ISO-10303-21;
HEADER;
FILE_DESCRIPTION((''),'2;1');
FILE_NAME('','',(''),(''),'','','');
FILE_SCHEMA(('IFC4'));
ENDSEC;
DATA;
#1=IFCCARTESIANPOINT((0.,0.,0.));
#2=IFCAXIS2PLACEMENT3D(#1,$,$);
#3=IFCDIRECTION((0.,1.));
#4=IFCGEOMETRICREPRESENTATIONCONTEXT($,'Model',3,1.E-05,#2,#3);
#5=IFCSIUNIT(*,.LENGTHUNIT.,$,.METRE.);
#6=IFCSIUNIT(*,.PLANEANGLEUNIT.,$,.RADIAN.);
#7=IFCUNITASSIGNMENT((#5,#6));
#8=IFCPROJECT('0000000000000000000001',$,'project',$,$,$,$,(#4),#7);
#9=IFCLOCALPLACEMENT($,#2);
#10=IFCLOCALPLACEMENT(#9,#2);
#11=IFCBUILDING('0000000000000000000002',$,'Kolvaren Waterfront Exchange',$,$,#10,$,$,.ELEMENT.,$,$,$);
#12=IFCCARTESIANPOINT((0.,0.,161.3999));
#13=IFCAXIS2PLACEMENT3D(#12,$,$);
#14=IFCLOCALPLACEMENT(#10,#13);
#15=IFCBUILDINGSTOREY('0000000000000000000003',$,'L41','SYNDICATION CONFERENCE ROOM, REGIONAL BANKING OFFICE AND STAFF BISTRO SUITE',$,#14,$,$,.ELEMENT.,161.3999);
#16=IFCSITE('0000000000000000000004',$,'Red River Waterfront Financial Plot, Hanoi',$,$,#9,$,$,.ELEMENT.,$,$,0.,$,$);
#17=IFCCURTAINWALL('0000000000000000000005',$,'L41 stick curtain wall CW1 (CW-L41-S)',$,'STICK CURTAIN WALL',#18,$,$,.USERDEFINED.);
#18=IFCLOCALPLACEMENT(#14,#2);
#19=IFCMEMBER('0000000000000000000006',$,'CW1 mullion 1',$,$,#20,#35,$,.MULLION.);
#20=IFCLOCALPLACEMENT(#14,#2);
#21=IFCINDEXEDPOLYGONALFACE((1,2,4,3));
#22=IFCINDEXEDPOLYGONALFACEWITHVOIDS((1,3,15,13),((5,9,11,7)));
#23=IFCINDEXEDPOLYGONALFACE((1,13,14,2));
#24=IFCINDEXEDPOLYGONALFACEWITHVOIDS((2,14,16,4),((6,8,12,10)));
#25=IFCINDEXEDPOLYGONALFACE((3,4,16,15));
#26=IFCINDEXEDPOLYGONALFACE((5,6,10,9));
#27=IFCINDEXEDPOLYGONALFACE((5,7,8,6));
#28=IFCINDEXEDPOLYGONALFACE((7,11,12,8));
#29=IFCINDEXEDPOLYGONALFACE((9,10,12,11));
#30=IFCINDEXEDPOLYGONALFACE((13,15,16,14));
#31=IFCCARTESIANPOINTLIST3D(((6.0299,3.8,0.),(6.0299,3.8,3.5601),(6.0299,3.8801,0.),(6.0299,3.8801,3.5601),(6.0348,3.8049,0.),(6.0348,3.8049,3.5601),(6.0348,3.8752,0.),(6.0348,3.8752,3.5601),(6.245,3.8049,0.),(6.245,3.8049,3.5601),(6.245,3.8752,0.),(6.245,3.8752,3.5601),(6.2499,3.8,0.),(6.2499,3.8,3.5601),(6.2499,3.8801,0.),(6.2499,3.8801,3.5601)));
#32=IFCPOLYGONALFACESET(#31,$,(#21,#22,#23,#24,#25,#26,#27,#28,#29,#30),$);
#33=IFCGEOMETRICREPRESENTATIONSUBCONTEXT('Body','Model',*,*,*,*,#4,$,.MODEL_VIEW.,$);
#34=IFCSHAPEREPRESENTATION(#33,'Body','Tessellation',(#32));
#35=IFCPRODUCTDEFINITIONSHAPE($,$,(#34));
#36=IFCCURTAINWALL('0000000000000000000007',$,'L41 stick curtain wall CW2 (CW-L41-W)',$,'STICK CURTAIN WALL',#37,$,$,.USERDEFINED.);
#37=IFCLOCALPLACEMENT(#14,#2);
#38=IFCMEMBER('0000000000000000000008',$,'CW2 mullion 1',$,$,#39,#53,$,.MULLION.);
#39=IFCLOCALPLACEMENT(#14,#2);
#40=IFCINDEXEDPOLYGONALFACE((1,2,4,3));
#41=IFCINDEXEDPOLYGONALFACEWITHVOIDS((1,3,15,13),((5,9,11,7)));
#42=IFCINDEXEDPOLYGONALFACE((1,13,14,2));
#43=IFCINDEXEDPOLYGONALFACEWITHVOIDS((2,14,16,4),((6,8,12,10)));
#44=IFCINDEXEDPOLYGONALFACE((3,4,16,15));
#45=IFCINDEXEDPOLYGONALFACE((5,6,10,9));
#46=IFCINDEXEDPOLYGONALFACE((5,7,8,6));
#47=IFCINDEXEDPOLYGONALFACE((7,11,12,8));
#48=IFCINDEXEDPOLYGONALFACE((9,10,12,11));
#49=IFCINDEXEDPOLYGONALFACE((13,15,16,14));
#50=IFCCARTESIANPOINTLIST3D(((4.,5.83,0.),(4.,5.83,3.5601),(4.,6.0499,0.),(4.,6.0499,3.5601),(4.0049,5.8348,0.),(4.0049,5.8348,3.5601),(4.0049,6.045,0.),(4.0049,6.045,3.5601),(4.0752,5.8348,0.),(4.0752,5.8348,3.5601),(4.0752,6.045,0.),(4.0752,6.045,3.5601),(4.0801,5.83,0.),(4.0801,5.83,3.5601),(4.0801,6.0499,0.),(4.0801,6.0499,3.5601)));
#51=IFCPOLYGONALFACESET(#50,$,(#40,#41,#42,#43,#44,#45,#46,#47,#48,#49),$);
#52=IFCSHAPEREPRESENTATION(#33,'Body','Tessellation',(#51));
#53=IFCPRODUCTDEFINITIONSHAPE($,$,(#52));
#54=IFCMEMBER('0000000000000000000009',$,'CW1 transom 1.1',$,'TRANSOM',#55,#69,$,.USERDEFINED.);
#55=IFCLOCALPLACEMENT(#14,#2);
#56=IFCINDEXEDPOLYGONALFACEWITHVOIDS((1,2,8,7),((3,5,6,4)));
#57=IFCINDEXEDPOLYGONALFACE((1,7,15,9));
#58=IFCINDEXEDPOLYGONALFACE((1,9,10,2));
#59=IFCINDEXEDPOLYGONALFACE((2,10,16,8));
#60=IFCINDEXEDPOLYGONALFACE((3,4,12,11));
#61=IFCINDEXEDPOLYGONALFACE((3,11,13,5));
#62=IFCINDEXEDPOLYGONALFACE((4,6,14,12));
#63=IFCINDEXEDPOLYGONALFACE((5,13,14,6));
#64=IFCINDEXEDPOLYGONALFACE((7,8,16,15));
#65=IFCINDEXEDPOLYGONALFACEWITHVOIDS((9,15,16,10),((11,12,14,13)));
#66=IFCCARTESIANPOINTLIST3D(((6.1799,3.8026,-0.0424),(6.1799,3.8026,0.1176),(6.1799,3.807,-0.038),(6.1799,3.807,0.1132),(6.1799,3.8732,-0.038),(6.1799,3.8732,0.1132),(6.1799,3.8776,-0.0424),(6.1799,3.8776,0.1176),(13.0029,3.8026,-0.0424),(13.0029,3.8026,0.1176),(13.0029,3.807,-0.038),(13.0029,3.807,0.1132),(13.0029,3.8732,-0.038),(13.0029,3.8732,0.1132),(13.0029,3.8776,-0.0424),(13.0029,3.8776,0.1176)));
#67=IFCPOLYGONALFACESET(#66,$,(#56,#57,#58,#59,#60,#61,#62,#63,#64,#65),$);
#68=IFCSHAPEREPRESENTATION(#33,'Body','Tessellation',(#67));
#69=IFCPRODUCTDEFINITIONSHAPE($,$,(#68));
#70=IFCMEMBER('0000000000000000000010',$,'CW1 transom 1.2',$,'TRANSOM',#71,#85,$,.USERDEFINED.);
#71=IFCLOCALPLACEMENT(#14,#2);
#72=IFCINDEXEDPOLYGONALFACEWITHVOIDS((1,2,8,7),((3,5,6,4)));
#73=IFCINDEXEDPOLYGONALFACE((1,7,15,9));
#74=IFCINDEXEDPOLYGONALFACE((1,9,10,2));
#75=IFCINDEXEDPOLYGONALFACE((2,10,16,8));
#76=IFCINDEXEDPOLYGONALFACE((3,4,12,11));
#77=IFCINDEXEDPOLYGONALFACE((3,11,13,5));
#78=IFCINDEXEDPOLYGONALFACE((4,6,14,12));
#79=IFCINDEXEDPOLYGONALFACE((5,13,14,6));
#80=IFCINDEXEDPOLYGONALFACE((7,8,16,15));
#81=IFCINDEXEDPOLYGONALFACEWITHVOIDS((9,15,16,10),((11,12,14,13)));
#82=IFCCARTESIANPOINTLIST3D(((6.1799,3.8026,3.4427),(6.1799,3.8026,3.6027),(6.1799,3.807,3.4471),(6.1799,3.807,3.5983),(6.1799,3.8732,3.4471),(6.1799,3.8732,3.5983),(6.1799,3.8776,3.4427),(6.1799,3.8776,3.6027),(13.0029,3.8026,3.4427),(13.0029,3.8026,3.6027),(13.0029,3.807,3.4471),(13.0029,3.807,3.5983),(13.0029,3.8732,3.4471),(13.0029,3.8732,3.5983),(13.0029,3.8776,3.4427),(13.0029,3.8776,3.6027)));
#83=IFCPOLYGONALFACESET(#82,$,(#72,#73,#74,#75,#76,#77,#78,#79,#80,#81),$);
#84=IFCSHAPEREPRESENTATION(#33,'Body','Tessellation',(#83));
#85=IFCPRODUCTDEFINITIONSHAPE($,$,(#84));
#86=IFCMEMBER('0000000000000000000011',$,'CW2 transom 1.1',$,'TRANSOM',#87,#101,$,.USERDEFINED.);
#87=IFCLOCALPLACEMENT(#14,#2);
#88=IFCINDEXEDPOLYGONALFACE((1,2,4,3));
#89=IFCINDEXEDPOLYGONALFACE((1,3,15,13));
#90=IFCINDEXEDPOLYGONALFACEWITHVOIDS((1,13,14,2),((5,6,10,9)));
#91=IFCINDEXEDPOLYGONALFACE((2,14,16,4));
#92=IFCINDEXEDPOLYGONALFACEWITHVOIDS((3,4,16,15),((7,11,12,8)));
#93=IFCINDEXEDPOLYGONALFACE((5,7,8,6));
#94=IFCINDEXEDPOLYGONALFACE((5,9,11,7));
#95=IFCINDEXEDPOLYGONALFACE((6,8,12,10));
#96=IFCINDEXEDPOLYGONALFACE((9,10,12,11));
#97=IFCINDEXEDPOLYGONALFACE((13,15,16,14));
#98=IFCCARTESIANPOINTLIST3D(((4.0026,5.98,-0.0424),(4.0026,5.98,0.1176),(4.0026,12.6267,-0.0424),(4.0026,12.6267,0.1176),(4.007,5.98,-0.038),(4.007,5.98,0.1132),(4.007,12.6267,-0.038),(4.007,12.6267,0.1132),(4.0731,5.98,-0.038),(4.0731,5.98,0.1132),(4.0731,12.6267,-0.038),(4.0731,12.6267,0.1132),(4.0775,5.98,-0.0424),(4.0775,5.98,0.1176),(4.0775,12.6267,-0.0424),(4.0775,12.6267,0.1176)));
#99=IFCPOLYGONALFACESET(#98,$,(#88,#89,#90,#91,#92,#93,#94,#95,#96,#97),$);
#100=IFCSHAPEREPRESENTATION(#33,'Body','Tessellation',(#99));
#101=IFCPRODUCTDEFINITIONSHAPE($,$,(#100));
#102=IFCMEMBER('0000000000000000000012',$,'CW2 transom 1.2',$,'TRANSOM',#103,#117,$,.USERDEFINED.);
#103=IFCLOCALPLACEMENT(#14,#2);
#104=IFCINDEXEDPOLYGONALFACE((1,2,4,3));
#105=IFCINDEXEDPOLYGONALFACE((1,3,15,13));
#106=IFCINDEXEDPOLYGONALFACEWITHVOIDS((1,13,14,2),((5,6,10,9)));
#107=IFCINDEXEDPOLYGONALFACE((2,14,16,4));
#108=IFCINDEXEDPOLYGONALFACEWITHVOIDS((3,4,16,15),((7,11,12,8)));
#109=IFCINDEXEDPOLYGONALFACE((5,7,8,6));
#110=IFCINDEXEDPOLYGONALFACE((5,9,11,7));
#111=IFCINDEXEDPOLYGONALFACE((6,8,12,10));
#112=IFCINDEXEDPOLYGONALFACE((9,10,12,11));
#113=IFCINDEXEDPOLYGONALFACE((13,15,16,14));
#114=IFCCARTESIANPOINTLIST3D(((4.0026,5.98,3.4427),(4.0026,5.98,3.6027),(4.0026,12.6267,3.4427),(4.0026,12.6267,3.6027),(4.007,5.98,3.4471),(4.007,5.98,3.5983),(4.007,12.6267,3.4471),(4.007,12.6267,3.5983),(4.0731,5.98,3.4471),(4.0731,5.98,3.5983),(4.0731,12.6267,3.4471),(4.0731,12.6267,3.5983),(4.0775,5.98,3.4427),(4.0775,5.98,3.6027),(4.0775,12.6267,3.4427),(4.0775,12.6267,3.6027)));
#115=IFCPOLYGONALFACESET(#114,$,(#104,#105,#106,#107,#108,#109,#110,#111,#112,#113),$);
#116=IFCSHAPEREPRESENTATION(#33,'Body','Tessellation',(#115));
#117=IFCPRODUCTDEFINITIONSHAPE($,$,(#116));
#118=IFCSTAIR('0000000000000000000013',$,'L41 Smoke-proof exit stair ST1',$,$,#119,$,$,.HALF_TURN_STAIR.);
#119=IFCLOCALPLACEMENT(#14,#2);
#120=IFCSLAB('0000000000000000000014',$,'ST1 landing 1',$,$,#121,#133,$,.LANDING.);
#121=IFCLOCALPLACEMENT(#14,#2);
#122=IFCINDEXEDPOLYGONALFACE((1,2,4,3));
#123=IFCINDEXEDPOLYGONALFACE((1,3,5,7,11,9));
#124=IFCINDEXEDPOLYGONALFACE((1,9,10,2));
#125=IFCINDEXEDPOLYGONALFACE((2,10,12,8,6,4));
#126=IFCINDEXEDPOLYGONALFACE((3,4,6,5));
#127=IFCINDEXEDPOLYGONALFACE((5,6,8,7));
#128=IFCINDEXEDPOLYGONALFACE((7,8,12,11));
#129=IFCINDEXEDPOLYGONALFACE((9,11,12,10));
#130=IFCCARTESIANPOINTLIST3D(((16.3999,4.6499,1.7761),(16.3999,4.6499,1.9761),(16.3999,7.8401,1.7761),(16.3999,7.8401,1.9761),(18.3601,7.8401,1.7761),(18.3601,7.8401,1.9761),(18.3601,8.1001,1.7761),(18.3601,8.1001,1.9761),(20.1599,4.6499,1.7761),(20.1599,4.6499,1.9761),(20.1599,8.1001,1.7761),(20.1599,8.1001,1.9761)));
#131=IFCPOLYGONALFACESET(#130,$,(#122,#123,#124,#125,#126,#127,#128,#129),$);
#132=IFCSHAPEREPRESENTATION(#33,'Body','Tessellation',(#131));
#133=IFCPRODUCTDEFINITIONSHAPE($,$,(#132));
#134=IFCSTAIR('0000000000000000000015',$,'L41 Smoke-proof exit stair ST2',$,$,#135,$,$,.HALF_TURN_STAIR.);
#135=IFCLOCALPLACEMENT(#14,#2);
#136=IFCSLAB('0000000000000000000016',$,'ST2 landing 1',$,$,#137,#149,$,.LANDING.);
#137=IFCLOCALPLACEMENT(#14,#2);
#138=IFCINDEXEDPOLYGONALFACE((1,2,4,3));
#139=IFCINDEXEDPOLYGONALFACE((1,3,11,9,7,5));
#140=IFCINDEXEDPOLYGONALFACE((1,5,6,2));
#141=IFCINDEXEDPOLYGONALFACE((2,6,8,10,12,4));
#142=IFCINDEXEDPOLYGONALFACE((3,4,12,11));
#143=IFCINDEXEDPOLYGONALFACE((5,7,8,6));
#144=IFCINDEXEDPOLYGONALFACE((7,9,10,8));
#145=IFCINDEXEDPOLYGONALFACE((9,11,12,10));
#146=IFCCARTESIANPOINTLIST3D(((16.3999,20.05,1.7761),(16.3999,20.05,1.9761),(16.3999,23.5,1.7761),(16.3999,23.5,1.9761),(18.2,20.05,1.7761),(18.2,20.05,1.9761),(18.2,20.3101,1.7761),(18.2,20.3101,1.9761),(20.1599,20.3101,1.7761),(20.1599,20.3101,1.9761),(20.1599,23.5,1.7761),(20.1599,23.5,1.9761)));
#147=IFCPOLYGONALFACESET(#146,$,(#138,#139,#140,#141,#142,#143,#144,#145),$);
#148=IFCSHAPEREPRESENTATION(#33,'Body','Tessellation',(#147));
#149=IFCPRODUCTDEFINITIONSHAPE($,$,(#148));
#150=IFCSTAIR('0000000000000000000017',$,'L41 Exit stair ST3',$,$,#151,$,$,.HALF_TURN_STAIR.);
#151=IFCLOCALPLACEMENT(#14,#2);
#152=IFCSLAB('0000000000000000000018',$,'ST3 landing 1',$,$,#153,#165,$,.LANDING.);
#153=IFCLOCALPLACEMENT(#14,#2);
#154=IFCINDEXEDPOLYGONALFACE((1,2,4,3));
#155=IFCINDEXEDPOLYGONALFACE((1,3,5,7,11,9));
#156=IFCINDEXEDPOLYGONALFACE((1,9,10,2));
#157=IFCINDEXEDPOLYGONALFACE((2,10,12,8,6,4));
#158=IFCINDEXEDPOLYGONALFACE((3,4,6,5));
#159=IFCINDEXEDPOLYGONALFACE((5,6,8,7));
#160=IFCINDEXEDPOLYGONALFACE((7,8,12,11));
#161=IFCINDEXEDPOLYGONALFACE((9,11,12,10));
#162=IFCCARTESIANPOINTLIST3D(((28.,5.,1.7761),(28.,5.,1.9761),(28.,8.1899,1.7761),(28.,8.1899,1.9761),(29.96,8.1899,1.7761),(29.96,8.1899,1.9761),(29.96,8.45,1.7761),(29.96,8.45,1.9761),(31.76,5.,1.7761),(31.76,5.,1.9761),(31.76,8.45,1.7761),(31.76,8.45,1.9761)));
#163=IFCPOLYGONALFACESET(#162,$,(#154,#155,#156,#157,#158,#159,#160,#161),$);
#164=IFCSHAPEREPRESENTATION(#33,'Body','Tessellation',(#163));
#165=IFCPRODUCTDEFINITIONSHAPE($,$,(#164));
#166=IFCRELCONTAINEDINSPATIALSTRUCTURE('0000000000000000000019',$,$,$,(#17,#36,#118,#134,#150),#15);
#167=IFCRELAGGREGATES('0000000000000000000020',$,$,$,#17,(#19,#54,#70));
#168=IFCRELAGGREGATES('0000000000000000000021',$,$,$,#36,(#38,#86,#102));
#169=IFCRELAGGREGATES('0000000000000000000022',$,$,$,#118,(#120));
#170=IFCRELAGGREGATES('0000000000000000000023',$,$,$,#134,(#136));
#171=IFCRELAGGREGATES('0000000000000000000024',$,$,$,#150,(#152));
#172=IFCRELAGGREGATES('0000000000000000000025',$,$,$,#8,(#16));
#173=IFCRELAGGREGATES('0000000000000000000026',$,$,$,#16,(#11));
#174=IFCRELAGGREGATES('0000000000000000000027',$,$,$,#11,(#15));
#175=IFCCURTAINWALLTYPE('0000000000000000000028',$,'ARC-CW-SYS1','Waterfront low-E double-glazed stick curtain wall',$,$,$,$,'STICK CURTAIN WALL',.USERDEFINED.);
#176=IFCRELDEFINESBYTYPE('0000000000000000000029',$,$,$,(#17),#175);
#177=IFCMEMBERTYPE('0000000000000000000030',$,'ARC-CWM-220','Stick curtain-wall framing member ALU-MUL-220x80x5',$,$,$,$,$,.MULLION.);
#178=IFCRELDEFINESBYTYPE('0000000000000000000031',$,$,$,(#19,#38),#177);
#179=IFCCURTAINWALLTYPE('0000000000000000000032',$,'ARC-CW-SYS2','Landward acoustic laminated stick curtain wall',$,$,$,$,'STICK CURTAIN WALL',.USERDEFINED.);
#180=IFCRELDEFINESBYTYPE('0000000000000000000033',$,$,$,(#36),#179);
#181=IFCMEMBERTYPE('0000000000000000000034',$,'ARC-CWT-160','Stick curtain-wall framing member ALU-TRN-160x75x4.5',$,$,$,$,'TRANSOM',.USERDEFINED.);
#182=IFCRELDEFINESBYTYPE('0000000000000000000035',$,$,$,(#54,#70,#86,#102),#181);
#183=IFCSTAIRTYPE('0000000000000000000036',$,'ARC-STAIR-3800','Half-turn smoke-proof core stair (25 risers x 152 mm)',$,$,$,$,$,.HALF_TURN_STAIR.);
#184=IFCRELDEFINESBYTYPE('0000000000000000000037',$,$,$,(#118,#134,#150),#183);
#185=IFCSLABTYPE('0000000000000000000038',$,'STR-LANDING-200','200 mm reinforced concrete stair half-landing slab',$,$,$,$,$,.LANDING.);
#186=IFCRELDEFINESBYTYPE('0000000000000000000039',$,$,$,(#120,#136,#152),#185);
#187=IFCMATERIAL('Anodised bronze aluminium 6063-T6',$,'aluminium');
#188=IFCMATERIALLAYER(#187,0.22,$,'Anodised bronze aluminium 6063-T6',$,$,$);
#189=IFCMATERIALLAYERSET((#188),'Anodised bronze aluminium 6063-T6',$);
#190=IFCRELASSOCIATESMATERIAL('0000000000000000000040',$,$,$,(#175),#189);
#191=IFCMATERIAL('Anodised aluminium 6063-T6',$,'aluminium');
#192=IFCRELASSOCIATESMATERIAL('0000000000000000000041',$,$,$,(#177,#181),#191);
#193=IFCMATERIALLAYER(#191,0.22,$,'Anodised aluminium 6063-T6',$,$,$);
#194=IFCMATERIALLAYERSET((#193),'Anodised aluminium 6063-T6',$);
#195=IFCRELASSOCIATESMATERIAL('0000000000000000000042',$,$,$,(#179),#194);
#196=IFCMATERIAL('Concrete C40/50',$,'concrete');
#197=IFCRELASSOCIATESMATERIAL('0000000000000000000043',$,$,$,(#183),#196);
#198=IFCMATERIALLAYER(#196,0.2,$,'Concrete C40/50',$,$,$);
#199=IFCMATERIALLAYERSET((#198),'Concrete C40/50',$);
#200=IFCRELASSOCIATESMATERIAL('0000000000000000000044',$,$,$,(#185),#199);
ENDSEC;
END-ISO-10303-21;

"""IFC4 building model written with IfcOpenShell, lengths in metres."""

from ifc_helpers import new_model, si_unit, direction, frame, origin, origin_with_axes, origin_2d, place, context, subcontext, project, spatial, polyline, hollow_rectangle, outline, extrude, source, transform, mapped, material, layer, layer_set, material_profile, profile_set, type_object, element, aggregate, save


model = new_model("IFC4")

# Units and contexts
model_context = context("Model", 3, precision=1e-05, world=origin(), true_north=direction((0.0, 1.0)))
body_context = subcontext(model_context, "Body", "Model", "MODEL_VIEW")
ifc_project = project(units=[si_unit("LENGTHUNIT", "METRE"), si_unit("PLANEANGLEUNIT", "RADIAN")], contexts=[model_context])

# Site, building, storey
site_placement = place(None, origin())
site = spatial("IfcSite", under=ifc_project, at=site_placement, Name="Red River Waterfront Financial Plot, Hanoi", CompositionType="ELEMENT", RefElevation=0.0)
building_placement = place(site_placement, origin())
building = spatial("IfcBuilding", under=site, at=building_placement, Name="Kolvaren Waterfront Exchange", CompositionType="ELEMENT")
storey_placement = place(building_placement, frame((0.0, 0.0, 161.3999)))
storey = spatial("IfcBuildingStorey", under=building, at=storey_placement, Name="L41", Description="SYNDICATION CONFERENCE ROOM, REGIONAL BANKING OFFICE AND STAFF BISTRO SUITE", CompositionType="ELEMENT", Elevation=161.3999)

# Curtain walls, members
ifc_material_1 = material(Name="Anodised bronze aluminium 6063-T6", Category="aluminium")
ifc_layer_1 = layer(ifc_material_1, 0.22, Name="Anodised bronze aluminium 6063-T6")
ifc_layer_set_1 = layer_set([ifc_layer_1], Name="Anodised bronze aluminium 6063-T6")
curtain_wall_type_1 = type_object("IfcCurtainWallType", Name="ARC-CW-SYS1", Description="Waterfront low-E double-glazed stick curtain wall", ElementType="STICK CURTAIN WALL", PredefinedType="USERDEFINED", material=ifc_layer_set_1)
curtain_wall_1_placement = place(storey_placement, origin())
curtain_wall_1 = element("IfcCurtainWall", 1, at=curtain_wall_1_placement, inside=storey, type_object=curtain_wall_type_1, Name="L41 stick curtain wall CW1 (CW-L41-S)", ObjectType="STICK CURTAIN WALL", PredefinedType="USERDEFINED")
ifc_material_2 = material(Name="Anodised aluminium 6063-T6", Category="aluminium")
ifc_material_profile_1 = material_profile(ifc_material_2, hollow_rectangle(XDim=0.0801, YDim=0.22, WallThickness=0.0049, at=origin_2d()), Name="ALU-MUL-220x80x5")
ifc_profile_set_1 = profile_set([ifc_material_profile_1], Name="Anodised aluminium 6063-T6")
member_type_1 = type_object("IfcMemberType", Name="ARC-CWM-220", Description="Stick curtain-wall framing member ALU-MUL-220x80x5", PredefinedType="MULLION", material=ifc_profile_set_1)
shared_shape_1 = source(origin_with_axes(), body_context, "Body", "SweptSolid", [
    extrude(hollow_rectangle(XDim=0.0801, YDim=0.22, WallThickness=0.0049, at=origin_2d()), origin(), (0.0, 0.0, 1.0), 3.5601),
])
member_1_placement = place(storey_placement, frame((6.1399, 3.8401, 0.0), z_axis=(0.0, 0.0, 1.0), x_axis=(0.0, 1.0, 0.0)))
member_1 = element("IfcMember", 2, at=member_1_placement, type_object=member_type_1, Name="CW1 mullion 1", PredefinedType="MULLION", context=body_context, shape_type="MappedRepresentation", body=[
    mapped(shared_shape_1, transform((0.0, 0.0, 0.0), x_axis=(1.0, 0.0, 0.0), y_axis=(0.0, 1.0, 0.0), z_axis=(0.0, 0.0, 1.0), scale=1.0)),
])
ifc_layer_2 = layer(ifc_material_2, 0.22, Name="Anodised aluminium 6063-T6")
ifc_layer_set_2 = layer_set([ifc_layer_2], Name="Anodised aluminium 6063-T6")
curtain_wall_type_2 = type_object("IfcCurtainWallType", Name="ARC-CW-SYS2", Description="Landward acoustic laminated stick curtain wall", ElementType="STICK CURTAIN WALL", PredefinedType="USERDEFINED", material=ifc_layer_set_2)
curtain_wall_2_placement = place(storey_placement, origin())
curtain_wall_2 = element("IfcCurtainWall", 3, at=curtain_wall_2_placement, inside=storey, type_object=curtain_wall_type_2, Name="L41 stick curtain wall CW2 (CW-L41-W)", ObjectType="STICK CURTAIN WALL", PredefinedType="USERDEFINED")
member_2_placement = place(storey_placement, frame((4.04, 5.9399, 0.0), z_axis=(0.0, 0.0, 1.0), x_axis=(-1.0, 0.0, 0.0)))
member_2 = element("IfcMember", 4, at=member_2_placement, type_object=member_type_1, Name="CW2 mullion 1", PredefinedType="MULLION", context=body_context, shape_type="MappedRepresentation", body=[
    mapped(shared_shape_1, transform((0.0, 0.0, 0.0), x_axis=(1.0, 0.0, 0.0), y_axis=(0.0, 1.0, 0.0), z_axis=(0.0, 0.0, 1.0), scale=1.0)),
])

# Members
ifc_material_profile_2 = material_profile(ifc_material_2, hollow_rectangle(XDim=0.075, YDim=0.1599, WallThickness=0.0044, at=origin_2d()), Name="ALU-TRN-160x75x4.5")
ifc_profile_set_2 = profile_set([ifc_material_profile_2], Name="Anodised aluminium 6063-T6")
member_type_2 = type_object("IfcMemberType", Name="ARC-CWT-160", Description="Stick curtain-wall framing member ALU-TRN-160x75x4.5", ElementType="TRANSOM", PredefinedType="USERDEFINED", material=ifc_profile_set_2)
shared_shape_2 = source(origin_with_axes(), body_context, "Body", "SweptSolid", [
    extrude(hollow_rectangle(XDim=0.075, YDim=0.1599, WallThickness=0.0044, at=origin_2d()), origin(), (0.0, 0.0, 1.0), 6.823),
])
member_3_placement = place(storey_placement, frame((6.1799, 3.8401, 0.0376), z_axis=(1.0, 0.0, 0.0), x_axis=(0.0, 1.0, 0.0)))
member_3 = element("IfcMember", 5, at=member_3_placement, type_object=member_type_2, Name="CW1 transom 1.1", ObjectType="TRANSOM", PredefinedType="USERDEFINED", context=body_context, shape_type="MappedRepresentation", body=[
    mapped(shared_shape_2, transform((0.0, 0.0, 0.0), x_axis=(1.0, 0.0, 0.0), y_axis=(0.0, 1.0, 0.0), z_axis=(0.0, 0.0, 1.0), scale=1.0)),
])
member_4_placement = place(storey_placement, frame((6.1799, 3.8401, 3.5227), z_axis=(1.0, 0.0, 0.0), x_axis=(0.0, 1.0, 0.0)))
member_4 = element("IfcMember", 6, at=member_4_placement, type_object=member_type_2, Name="CW1 transom 1.2", ObjectType="TRANSOM", PredefinedType="USERDEFINED", context=body_context, shape_type="MappedRepresentation", body=[
    mapped(shared_shape_2, transform((0.0, 0.0, 0.0), x_axis=(1.0, 0.0, 0.0), y_axis=(0.0, 1.0, 0.0), z_axis=(0.0, 0.0, 1.0), scale=1.0)),
])
aggregate(curtain_wall_1, [member_1, member_3, member_4])
shared_shape_3 = source(origin_with_axes(), body_context, "Body", "SweptSolid", [
    extrude(hollow_rectangle(XDim=0.075, YDim=0.1599, WallThickness=0.0044, at=origin_2d()), origin(), (0.0, 0.0, 1.0), 6.6467),
])
member_5_placement = place(storey_placement, frame((4.04, 5.98, 0.0376), z_axis=(0.0, 1.0, 0.0), x_axis=(-1.0, 0.0, 0.0)))
member_5 = element("IfcMember", 7, at=member_5_placement, type_object=member_type_2, Name="CW2 transom 1.1", ObjectType="TRANSOM", PredefinedType="USERDEFINED", context=body_context, shape_type="MappedRepresentation", body=[
    mapped(shared_shape_3, transform((0.0, 0.0, 0.0), x_axis=(1.0, 0.0, 0.0), y_axis=(0.0, 1.0, 0.0), z_axis=(0.0, 0.0, 1.0), scale=1.0)),
])
member_6_placement = place(storey_placement, frame((4.04, 5.98, 3.5227), z_axis=(0.0, 1.0, 0.0), x_axis=(-1.0, 0.0, 0.0)))
member_6 = element("IfcMember", 8, at=member_6_placement, type_object=member_type_2, Name="CW2 transom 1.2", ObjectType="TRANSOM", PredefinedType="USERDEFINED", context=body_context, shape_type="MappedRepresentation", body=[
    mapped(shared_shape_3, transform((0.0, 0.0, 0.0), x_axis=(1.0, 0.0, 0.0), y_axis=(0.0, 1.0, 0.0), z_axis=(0.0, 0.0, 1.0), scale=1.0)),
])
aggregate(curtain_wall_2, [member_2, member_5, member_6])

# Stairs, slabs
ifc_material_3 = material(Name="Concrete C40/50", Category="concrete")
stair_type = type_object("IfcStairType", Name="ARC-STAIR-3800", Description="Half-turn smoke-proof core stair (25 risers x 152 mm)", PredefinedType="HALF_TURN_STAIR", material=ifc_material_3)
stair_1_placement = place(storey_placement, origin())
stair_1 = element("IfcStair", 9, at=stair_1_placement, inside=storey, type_object=stair_type, Name="L41 Smoke-proof exit stair ST1", PredefinedType="HALF_TURN_STAIR")
ifc_layer_3 = layer(ifc_material_3, 0.2, Name="Concrete C40/50")
ifc_layer_set_3 = layer_set([ifc_layer_3], Name="Concrete C40/50")
slab_type_1 = type_object("IfcSlabType", Name="STR-LANDING-200", Description="200 mm reinforced concrete stair half-landing slab", PredefinedType="LANDING", material=ifc_layer_set_3)
slab_1_placement = place(storey_placement, frame((0.0, 0.0, 1.7761)))
slab_1 = element("IfcSlab", 10, at=slab_1_placement, type_object=slab_type_1, Name="ST1 landing 1", PredefinedType="LANDING", context=body_context, shape_type="SweptSolid", body=[
    extrude(outline(polyline([(16.3999, 7.8401), (16.3999, 4.6499), (20.1599, 4.6499), (20.1599, 8.1001), (18.3601, 8.1001), (18.3601, 7.8401), (16.3999, 7.8401)])), origin(), (0.0, 0.0, 1.0), 0.2),
])
aggregate(stair_1, [slab_1])
stair_2_placement = place(storey_placement, origin())
stair_2 = element("IfcStair", 11, at=stair_2_placement, inside=storey, type_object=stair_type, Name="L41 Smoke-proof exit stair ST2", PredefinedType="HALF_TURN_STAIR")
slab_2_placement = place(storey_placement, frame((0.0, 0.0, 1.7761)))
slab_2 = element("IfcSlab", 12, at=slab_2_placement, type_object=slab_type_1, Name="ST2 landing 1", PredefinedType="LANDING", context=body_context, shape_type="SweptSolid", body=[
    extrude(outline(polyline([(20.1599, 20.3101), (20.1599, 23.5), (16.3999, 23.5), (16.3999, 20.05), (18.2, 20.05), (18.2, 20.3101), (20.1599, 20.3101)])), origin(), (0.0, 0.0, 1.0), 0.2),
])
aggregate(stair_2, [slab_2])
stair_3_placement = place(storey_placement, origin())
stair_3 = element("IfcStair", 13, at=stair_3_placement, inside=storey, type_object=stair_type, Name="L41 Exit stair ST3", PredefinedType="HALF_TURN_STAIR")
slab_3_placement = place(storey_placement, frame((0.0, 0.0, 1.7761)))
slab_3 = element("IfcSlab", 14, at=slab_3_placement, type_object=slab_type_1, Name="ST3 landing 1", PredefinedType="LANDING", context=body_context, shape_type="SweptSolid", body=[
    extrude(outline(polyline([(28.0, 8.1899), (28.0, 5.0), (31.76, 5.0), (31.76, 8.45), (29.96, 8.45), (29.96, 8.1899), (28.0, 8.1899)])), origin(), (0.0, 0.0, 1.0), 0.2),
])
aggregate(stair_3, [slab_3])

save(model, "model.ifc")
